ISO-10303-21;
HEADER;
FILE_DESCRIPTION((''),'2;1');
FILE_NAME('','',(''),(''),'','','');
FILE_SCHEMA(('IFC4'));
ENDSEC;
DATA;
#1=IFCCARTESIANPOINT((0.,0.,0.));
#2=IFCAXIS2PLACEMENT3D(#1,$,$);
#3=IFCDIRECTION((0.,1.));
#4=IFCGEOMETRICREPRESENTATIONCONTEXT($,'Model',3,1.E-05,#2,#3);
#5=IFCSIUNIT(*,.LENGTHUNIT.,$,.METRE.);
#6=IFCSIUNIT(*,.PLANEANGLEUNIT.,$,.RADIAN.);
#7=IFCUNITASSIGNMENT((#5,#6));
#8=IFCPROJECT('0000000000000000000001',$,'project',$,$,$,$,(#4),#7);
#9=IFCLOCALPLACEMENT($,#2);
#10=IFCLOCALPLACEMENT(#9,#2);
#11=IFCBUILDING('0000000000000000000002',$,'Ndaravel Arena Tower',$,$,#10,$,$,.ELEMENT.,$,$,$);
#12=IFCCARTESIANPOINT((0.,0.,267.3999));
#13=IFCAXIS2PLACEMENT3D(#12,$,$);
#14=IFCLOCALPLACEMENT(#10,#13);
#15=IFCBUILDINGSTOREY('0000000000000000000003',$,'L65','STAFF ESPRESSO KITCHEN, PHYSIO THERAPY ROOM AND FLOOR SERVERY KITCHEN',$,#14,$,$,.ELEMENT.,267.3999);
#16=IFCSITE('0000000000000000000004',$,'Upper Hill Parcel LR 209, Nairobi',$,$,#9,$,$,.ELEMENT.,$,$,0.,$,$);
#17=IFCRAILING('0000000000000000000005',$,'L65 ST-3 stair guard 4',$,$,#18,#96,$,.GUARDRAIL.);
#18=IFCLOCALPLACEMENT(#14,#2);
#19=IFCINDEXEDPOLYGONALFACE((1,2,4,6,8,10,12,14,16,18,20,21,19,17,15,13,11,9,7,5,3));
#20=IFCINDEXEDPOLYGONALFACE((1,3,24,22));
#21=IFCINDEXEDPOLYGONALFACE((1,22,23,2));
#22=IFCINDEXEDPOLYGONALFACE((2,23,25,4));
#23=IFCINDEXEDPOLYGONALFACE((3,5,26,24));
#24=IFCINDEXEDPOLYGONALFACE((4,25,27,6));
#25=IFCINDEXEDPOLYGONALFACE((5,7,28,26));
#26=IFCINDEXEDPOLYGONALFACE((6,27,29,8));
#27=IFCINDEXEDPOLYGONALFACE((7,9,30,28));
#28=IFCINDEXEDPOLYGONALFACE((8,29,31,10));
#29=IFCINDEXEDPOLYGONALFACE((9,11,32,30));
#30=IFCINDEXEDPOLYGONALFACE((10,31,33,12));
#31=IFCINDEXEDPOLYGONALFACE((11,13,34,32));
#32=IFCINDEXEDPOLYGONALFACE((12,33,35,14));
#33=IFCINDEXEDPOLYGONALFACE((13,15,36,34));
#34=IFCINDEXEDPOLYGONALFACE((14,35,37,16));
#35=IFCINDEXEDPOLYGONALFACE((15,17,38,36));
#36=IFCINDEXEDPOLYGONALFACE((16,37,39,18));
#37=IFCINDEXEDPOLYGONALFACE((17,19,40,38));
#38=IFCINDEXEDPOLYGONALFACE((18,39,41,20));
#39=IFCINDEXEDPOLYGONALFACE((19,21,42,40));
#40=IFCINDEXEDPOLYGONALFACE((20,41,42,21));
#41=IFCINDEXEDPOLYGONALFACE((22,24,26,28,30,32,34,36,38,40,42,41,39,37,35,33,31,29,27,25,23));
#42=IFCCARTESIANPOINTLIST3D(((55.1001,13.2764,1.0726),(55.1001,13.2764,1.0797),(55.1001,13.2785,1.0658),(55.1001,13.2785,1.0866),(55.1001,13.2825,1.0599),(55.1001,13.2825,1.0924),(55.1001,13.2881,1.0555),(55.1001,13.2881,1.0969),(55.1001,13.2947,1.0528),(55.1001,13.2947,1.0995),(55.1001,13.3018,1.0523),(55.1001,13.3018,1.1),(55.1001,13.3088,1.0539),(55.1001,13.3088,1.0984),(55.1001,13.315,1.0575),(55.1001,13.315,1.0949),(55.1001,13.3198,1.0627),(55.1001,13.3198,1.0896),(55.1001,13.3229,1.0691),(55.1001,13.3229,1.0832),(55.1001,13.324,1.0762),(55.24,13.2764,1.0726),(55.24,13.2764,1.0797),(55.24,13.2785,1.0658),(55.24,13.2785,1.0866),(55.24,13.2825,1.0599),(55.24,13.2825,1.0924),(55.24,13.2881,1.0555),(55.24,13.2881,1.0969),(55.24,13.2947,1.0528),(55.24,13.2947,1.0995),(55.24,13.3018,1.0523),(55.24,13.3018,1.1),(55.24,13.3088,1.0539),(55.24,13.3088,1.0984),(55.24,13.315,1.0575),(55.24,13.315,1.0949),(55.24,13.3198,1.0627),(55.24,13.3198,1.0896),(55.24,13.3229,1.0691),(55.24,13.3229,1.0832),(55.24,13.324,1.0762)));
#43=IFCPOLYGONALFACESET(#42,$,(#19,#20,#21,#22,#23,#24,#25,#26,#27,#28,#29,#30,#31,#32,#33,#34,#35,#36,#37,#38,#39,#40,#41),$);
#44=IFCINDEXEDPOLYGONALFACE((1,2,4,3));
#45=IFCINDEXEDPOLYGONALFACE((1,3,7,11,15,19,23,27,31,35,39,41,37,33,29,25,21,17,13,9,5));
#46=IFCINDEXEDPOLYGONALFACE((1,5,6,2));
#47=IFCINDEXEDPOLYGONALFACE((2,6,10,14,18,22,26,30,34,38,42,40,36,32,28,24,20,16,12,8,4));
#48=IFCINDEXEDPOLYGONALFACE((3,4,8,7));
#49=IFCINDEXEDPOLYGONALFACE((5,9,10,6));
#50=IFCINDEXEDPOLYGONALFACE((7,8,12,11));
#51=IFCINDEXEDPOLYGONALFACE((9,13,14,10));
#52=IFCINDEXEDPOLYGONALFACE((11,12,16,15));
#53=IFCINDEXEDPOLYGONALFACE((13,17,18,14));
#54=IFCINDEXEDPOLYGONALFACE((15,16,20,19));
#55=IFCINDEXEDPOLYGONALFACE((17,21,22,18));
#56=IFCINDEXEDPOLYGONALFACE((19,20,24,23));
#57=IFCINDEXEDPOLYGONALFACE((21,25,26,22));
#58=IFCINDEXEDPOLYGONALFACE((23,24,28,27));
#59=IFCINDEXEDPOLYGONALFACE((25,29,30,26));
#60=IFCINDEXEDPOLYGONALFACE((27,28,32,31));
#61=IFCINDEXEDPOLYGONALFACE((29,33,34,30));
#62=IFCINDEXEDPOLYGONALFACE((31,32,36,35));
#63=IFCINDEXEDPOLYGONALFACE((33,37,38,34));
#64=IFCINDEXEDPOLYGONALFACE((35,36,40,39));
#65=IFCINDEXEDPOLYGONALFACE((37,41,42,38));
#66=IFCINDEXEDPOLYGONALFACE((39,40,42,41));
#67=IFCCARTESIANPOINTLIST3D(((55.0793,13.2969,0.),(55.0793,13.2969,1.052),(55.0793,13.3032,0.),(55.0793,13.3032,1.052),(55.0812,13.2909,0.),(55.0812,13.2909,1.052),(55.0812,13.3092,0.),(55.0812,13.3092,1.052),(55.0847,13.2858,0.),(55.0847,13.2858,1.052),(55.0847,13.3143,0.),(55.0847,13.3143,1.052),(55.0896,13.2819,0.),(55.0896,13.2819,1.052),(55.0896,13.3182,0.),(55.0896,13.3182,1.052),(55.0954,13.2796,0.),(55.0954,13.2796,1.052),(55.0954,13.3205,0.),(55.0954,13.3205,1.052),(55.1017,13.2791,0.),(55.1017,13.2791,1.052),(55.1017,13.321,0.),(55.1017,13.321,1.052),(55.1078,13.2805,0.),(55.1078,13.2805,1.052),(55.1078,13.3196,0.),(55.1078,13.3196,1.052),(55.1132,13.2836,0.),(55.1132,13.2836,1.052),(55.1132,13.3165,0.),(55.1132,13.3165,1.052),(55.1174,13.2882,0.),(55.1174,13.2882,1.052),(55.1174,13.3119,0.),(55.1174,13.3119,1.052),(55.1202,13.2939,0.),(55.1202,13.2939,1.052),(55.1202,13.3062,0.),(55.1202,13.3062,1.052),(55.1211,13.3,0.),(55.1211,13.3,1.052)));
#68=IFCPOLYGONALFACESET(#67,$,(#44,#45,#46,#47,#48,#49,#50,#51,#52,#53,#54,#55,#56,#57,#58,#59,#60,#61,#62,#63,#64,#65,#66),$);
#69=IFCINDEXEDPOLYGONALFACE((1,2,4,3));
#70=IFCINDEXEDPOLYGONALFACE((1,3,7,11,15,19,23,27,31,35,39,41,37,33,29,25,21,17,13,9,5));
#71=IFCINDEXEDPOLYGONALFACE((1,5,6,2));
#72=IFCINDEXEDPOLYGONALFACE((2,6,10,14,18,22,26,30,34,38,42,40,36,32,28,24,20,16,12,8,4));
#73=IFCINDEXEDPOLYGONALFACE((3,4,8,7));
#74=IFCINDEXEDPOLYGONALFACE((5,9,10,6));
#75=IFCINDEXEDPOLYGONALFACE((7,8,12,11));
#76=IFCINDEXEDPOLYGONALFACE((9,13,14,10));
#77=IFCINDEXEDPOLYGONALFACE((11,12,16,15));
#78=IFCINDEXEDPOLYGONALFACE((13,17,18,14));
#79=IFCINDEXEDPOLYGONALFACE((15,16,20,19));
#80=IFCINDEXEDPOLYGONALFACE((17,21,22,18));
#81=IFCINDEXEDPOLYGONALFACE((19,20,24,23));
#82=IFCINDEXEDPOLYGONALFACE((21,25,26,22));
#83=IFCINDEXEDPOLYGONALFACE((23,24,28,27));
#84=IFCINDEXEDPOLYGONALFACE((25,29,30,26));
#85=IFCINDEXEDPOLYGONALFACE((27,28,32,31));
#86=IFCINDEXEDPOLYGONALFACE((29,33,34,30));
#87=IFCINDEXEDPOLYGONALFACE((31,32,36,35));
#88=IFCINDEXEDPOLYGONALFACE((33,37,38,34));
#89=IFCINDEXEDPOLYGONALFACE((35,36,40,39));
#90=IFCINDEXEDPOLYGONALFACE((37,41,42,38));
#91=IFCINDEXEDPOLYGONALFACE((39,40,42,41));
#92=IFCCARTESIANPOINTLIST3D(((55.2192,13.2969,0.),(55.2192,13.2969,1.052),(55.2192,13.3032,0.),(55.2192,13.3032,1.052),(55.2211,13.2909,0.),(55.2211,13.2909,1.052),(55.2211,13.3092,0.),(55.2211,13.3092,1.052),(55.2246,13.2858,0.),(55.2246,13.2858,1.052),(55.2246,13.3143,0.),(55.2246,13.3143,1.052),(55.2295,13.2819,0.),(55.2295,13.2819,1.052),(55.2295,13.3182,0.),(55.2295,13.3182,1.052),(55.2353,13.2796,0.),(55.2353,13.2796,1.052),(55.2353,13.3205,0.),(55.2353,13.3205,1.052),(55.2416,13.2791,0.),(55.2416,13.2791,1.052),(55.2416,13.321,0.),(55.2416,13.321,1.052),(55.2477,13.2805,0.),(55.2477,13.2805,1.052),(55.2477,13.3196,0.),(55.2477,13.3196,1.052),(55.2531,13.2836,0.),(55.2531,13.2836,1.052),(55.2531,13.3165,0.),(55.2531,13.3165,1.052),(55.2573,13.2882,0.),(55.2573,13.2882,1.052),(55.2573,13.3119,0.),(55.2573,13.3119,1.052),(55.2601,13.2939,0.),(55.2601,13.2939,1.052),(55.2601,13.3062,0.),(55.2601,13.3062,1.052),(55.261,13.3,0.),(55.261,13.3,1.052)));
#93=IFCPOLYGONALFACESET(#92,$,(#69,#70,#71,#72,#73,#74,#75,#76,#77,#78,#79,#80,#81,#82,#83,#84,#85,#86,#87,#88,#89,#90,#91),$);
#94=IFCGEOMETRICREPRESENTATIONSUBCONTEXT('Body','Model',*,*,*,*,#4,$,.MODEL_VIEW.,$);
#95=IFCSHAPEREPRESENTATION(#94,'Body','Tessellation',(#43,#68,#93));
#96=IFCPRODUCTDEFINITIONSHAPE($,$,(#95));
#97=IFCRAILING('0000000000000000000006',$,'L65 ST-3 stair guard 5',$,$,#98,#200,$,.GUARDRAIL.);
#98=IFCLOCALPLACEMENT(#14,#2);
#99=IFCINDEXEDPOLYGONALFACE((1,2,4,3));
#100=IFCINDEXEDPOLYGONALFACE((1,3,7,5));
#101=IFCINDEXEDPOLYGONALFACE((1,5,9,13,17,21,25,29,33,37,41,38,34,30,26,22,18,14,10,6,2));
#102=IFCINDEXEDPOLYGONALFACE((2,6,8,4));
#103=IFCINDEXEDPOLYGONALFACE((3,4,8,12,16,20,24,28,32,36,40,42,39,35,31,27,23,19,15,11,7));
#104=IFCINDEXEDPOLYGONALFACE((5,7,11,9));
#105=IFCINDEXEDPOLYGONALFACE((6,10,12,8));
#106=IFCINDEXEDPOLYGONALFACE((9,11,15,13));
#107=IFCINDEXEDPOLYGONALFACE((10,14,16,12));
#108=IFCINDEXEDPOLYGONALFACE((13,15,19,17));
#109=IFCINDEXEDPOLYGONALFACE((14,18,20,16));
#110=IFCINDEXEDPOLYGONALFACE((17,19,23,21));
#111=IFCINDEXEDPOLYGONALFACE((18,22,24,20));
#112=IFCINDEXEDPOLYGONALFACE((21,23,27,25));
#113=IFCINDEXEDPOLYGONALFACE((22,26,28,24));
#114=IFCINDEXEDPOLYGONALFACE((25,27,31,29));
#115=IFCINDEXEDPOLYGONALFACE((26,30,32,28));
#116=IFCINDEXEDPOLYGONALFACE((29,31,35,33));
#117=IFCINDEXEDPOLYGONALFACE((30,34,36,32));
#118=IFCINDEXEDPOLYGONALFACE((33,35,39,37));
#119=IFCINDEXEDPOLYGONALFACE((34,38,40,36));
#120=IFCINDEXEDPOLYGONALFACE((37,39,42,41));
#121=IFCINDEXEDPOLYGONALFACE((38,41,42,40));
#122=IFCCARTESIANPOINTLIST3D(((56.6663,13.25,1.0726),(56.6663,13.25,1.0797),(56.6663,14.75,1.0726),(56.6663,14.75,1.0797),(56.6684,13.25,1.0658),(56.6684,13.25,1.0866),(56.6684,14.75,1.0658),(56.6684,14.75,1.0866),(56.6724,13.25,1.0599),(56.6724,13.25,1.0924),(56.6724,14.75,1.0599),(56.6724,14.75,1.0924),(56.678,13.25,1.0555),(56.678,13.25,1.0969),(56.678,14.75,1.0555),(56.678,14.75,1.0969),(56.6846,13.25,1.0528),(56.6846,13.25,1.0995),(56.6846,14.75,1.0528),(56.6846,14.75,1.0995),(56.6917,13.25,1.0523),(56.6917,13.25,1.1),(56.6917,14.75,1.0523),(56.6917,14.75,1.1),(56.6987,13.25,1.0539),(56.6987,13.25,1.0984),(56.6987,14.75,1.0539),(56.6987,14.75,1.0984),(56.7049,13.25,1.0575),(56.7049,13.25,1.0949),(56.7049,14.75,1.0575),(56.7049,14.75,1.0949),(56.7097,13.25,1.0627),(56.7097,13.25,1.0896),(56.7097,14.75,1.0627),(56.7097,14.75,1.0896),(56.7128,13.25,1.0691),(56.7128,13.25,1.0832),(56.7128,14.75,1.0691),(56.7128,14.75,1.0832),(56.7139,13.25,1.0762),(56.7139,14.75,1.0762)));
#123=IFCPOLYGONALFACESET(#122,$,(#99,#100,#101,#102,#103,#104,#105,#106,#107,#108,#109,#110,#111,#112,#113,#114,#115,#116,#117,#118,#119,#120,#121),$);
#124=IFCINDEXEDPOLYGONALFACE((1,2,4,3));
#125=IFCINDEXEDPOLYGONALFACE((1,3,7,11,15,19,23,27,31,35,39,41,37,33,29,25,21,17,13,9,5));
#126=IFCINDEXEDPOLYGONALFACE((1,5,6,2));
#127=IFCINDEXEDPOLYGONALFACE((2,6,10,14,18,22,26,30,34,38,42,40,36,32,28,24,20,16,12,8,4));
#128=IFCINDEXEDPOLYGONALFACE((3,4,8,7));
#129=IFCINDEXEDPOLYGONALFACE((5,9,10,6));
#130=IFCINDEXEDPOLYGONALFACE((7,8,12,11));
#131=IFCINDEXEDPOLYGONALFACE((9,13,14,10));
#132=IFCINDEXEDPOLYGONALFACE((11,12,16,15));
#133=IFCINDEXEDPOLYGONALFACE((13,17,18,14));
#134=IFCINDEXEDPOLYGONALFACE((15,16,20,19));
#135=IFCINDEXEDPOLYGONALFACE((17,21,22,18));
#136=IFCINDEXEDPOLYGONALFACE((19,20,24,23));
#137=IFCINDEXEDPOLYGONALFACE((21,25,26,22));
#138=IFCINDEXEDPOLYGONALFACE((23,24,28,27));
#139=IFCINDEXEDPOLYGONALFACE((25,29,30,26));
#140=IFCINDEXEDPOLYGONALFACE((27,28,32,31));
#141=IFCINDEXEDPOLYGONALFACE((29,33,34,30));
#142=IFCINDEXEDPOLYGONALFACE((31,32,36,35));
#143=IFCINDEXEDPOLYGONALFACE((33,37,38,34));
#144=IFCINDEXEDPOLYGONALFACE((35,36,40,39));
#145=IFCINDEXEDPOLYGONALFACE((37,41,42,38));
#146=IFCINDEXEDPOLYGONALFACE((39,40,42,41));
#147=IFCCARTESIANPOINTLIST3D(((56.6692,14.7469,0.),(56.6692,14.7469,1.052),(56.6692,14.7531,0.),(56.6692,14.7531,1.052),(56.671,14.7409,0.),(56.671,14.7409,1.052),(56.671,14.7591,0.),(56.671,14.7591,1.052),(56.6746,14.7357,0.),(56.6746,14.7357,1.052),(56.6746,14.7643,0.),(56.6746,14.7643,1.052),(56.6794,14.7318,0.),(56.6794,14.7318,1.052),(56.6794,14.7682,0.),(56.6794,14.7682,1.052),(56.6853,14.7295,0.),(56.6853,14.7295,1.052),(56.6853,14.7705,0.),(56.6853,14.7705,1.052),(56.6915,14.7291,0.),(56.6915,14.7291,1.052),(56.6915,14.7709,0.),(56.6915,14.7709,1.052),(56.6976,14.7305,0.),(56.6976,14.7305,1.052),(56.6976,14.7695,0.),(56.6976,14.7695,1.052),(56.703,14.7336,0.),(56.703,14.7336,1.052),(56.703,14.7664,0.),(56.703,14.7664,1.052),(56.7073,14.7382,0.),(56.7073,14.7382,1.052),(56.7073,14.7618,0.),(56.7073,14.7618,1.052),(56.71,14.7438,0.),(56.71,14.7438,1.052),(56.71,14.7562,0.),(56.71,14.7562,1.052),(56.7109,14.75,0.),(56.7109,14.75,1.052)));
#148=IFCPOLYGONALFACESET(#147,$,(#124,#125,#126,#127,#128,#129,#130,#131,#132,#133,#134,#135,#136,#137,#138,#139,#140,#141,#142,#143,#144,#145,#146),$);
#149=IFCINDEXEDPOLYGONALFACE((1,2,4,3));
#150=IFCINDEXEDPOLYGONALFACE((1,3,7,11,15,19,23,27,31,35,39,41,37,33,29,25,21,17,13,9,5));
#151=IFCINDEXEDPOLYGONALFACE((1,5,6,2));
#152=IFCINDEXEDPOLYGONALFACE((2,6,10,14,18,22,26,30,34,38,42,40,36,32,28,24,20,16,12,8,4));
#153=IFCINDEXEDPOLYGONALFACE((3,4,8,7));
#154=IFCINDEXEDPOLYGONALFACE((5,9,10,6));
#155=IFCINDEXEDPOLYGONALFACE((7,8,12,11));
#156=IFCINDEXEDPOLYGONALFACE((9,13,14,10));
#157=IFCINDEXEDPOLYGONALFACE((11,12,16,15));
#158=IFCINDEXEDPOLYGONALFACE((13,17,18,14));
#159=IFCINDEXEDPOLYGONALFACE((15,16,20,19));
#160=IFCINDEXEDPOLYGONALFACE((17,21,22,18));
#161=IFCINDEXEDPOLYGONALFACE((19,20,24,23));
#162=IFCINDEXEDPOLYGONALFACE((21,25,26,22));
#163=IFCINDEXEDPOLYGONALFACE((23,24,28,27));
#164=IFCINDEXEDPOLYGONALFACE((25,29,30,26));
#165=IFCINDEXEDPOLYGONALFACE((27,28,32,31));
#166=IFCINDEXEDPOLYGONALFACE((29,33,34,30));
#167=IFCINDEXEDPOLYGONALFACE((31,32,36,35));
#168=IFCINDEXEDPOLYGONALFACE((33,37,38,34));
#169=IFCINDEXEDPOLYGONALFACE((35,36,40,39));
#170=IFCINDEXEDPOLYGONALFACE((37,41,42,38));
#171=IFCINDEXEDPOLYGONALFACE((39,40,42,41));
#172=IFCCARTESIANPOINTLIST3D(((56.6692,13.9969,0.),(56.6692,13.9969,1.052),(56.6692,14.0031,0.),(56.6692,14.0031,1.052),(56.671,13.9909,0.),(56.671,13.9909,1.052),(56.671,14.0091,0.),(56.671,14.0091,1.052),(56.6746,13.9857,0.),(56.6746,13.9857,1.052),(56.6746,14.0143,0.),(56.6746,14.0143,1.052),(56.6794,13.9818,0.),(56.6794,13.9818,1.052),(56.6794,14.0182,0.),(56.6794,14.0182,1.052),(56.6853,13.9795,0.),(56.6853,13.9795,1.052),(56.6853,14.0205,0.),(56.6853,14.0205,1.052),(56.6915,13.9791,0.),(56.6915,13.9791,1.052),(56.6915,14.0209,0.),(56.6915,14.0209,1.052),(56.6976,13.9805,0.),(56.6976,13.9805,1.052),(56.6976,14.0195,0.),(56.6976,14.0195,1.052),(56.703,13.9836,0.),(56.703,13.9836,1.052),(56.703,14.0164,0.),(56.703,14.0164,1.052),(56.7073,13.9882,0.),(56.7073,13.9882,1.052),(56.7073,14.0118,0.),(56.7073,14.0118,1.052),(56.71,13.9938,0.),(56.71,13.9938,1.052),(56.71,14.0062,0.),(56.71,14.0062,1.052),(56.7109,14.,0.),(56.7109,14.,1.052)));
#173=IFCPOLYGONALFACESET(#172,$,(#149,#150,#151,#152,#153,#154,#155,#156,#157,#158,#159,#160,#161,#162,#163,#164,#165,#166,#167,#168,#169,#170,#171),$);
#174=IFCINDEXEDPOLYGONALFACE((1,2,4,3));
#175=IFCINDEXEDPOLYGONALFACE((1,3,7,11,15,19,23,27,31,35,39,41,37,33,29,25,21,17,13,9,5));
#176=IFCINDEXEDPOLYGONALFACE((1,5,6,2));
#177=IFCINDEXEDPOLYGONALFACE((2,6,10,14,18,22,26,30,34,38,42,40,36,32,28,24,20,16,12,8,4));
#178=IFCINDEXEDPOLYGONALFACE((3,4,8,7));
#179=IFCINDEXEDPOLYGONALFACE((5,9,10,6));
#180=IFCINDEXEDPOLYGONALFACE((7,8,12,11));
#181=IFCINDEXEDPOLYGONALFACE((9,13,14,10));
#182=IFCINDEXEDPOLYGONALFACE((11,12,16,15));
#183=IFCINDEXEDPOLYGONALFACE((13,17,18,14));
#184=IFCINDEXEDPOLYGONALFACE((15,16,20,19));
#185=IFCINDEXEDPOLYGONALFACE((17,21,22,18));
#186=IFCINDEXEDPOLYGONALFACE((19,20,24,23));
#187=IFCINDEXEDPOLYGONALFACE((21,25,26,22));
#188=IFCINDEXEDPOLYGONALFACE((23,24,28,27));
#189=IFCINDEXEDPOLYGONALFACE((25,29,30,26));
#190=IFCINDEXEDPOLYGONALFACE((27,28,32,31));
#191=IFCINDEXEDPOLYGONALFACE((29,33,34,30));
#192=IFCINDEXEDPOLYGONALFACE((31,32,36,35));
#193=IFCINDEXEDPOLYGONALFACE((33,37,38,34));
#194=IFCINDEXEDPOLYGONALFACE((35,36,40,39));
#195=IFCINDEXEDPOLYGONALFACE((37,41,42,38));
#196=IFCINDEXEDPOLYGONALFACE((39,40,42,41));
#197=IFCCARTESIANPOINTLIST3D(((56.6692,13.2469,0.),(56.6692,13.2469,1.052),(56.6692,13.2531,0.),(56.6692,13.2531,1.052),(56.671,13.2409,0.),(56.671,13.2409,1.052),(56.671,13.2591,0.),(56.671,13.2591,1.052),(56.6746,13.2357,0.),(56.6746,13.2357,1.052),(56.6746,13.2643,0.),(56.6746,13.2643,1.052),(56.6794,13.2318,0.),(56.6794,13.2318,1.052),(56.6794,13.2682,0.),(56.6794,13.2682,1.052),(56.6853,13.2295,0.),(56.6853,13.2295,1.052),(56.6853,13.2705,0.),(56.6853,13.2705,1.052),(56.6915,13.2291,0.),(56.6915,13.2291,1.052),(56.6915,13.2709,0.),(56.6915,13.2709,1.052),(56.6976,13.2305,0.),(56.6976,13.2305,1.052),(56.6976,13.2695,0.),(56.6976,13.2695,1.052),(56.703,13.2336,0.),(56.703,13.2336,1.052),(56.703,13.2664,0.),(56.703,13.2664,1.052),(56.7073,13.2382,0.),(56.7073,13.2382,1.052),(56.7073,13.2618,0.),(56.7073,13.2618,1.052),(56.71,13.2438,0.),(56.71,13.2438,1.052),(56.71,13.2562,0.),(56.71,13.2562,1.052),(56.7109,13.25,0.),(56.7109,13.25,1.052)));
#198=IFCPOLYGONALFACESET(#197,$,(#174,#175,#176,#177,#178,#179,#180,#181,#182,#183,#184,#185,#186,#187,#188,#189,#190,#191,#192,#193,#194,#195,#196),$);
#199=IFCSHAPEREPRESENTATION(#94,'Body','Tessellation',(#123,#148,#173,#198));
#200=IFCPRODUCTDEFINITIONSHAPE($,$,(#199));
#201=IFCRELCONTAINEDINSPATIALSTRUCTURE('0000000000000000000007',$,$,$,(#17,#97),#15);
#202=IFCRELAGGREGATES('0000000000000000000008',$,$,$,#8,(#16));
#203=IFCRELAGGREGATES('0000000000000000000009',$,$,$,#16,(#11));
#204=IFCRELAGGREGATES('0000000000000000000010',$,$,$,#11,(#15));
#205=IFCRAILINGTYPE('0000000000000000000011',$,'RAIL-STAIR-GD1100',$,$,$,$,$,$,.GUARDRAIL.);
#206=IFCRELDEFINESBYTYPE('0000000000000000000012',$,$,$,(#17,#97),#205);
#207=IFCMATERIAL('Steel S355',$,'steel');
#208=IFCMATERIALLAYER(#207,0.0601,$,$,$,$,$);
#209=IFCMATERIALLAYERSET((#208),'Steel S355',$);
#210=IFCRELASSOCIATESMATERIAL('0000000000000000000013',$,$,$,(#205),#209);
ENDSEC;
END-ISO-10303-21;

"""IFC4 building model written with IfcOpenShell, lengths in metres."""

from ifc_helpers import new_model, si_unit, direction, frame, origin, origin_2d, place, context, subcontext, project, spatial, circle, extrude, material, layer, layer_set, type_object, element, save


model = new_model("IFC4")

# Units and contexts
model_context = context("Model", 3, precision=1e-05, world=origin(), true_north=direction((0.0, 1.0)))
body_context = subcontext(model_context, "Body", "Model", "MODEL_VIEW")
ifc_project = project(units=[si_unit("LENGTHUNIT", "METRE"), si_unit("PLANEANGLEUNIT", "RADIAN")], contexts=[model_context])

# Site, building, storey
site_placement = place(None, origin())
site = spatial("IfcSite", under=ifc_project, at=site_placement, Name="Upper Hill Parcel LR 209, Nairobi", CompositionType="ELEMENT", RefElevation=0.0)
building_placement = place(site_placement, origin())
building = spatial("IfcBuilding", under=site, at=building_placement, Name="Ndaravel Arena Tower", CompositionType="ELEMENT")
storey_placement = place(building_placement, frame((0.0, 0.0, 267.3999)))
storey = spatial("IfcBuildingStorey", under=building, at=storey_placement, Name="L65", Description="STAFF ESPRESSO KITCHEN, PHYSIO THERAPY ROOM AND FLOOR SERVERY KITCHEN", CompositionType="ELEMENT", Elevation=267.3999)

# Railings
ifc_material_1 = material(Name="Steel S355", Category="steel")
ifc_layer_1 = layer(ifc_material_1, 0.0601)
ifc_layer_set_1 = layer_set([ifc_layer_1], Name="Steel S355")
railing_type_1 = type_object("IfcRailingType", Name="RAIL-STAIR-GD1100", PredefinedType="GUARDRAIL", material=ifc_layer_set_1)
railing_1_placement = place(storey_placement, frame((55.1001, 13.3, 0.0)))
element("IfcRailing", 1, at=railing_1_placement, inside=storey, type_object=railing_type_1, Name="L65 ST-3 stair guard 4", PredefinedType="GUARDRAIL", context=body_context, shape_type="SweptSolid", body=[
    extrude(circle(Radius=0.0239, at=origin_2d()), frame((0.0, 0.0, 1.0762), z_axis=(1.0, 0.0, 0.0), x_axis=(0.0, 1.0, 0.0)), (0.0, 0.0, 1.0), 0.1399),
    extrude(circle(Radius=0.021, at=origin_2d()), origin(), (0.0, 0.0, 1.0), 1.052),
    extrude(circle(Radius=0.021, at=origin_2d()), frame((0.1399, 0.0, 0.0)), (0.0, 0.0, 1.0), 1.052),
])
railing_2_placement = place(storey_placement, frame((56.6899, 14.75, 0.0)))
element("IfcRailing", 2, at=railing_2_placement, inside=storey, type_object=railing_type_1, Name="L65 ST-3 stair guard 5", PredefinedType="GUARDRAIL", context=body_context, shape_type="SweptSolid", body=[
    extrude(circle(Radius=0.0239, at=origin_2d()), frame((0.0, 0.0, 1.0762), z_axis=(0.0, -1.0, 0.0), x_axis=(1.0, 0.0, 0.0)), (0.0, 0.0, 1.0), 1.5),
    extrude(circle(Radius=0.021, at=origin_2d()), origin(), (0.0, 0.0, 1.0), 1.052),
    extrude(circle(Radius=0.021, at=origin_2d()), frame((0.0, -0.75, 0.0)), (0.0, 0.0, 1.0), 1.052),
    extrude(circle(Radius=0.021, at=origin_2d()), frame((0.0, -1.5, 0.0)), (0.0, 0.0, 1.0), 1.052),
])

save(model, "model.ifc")
